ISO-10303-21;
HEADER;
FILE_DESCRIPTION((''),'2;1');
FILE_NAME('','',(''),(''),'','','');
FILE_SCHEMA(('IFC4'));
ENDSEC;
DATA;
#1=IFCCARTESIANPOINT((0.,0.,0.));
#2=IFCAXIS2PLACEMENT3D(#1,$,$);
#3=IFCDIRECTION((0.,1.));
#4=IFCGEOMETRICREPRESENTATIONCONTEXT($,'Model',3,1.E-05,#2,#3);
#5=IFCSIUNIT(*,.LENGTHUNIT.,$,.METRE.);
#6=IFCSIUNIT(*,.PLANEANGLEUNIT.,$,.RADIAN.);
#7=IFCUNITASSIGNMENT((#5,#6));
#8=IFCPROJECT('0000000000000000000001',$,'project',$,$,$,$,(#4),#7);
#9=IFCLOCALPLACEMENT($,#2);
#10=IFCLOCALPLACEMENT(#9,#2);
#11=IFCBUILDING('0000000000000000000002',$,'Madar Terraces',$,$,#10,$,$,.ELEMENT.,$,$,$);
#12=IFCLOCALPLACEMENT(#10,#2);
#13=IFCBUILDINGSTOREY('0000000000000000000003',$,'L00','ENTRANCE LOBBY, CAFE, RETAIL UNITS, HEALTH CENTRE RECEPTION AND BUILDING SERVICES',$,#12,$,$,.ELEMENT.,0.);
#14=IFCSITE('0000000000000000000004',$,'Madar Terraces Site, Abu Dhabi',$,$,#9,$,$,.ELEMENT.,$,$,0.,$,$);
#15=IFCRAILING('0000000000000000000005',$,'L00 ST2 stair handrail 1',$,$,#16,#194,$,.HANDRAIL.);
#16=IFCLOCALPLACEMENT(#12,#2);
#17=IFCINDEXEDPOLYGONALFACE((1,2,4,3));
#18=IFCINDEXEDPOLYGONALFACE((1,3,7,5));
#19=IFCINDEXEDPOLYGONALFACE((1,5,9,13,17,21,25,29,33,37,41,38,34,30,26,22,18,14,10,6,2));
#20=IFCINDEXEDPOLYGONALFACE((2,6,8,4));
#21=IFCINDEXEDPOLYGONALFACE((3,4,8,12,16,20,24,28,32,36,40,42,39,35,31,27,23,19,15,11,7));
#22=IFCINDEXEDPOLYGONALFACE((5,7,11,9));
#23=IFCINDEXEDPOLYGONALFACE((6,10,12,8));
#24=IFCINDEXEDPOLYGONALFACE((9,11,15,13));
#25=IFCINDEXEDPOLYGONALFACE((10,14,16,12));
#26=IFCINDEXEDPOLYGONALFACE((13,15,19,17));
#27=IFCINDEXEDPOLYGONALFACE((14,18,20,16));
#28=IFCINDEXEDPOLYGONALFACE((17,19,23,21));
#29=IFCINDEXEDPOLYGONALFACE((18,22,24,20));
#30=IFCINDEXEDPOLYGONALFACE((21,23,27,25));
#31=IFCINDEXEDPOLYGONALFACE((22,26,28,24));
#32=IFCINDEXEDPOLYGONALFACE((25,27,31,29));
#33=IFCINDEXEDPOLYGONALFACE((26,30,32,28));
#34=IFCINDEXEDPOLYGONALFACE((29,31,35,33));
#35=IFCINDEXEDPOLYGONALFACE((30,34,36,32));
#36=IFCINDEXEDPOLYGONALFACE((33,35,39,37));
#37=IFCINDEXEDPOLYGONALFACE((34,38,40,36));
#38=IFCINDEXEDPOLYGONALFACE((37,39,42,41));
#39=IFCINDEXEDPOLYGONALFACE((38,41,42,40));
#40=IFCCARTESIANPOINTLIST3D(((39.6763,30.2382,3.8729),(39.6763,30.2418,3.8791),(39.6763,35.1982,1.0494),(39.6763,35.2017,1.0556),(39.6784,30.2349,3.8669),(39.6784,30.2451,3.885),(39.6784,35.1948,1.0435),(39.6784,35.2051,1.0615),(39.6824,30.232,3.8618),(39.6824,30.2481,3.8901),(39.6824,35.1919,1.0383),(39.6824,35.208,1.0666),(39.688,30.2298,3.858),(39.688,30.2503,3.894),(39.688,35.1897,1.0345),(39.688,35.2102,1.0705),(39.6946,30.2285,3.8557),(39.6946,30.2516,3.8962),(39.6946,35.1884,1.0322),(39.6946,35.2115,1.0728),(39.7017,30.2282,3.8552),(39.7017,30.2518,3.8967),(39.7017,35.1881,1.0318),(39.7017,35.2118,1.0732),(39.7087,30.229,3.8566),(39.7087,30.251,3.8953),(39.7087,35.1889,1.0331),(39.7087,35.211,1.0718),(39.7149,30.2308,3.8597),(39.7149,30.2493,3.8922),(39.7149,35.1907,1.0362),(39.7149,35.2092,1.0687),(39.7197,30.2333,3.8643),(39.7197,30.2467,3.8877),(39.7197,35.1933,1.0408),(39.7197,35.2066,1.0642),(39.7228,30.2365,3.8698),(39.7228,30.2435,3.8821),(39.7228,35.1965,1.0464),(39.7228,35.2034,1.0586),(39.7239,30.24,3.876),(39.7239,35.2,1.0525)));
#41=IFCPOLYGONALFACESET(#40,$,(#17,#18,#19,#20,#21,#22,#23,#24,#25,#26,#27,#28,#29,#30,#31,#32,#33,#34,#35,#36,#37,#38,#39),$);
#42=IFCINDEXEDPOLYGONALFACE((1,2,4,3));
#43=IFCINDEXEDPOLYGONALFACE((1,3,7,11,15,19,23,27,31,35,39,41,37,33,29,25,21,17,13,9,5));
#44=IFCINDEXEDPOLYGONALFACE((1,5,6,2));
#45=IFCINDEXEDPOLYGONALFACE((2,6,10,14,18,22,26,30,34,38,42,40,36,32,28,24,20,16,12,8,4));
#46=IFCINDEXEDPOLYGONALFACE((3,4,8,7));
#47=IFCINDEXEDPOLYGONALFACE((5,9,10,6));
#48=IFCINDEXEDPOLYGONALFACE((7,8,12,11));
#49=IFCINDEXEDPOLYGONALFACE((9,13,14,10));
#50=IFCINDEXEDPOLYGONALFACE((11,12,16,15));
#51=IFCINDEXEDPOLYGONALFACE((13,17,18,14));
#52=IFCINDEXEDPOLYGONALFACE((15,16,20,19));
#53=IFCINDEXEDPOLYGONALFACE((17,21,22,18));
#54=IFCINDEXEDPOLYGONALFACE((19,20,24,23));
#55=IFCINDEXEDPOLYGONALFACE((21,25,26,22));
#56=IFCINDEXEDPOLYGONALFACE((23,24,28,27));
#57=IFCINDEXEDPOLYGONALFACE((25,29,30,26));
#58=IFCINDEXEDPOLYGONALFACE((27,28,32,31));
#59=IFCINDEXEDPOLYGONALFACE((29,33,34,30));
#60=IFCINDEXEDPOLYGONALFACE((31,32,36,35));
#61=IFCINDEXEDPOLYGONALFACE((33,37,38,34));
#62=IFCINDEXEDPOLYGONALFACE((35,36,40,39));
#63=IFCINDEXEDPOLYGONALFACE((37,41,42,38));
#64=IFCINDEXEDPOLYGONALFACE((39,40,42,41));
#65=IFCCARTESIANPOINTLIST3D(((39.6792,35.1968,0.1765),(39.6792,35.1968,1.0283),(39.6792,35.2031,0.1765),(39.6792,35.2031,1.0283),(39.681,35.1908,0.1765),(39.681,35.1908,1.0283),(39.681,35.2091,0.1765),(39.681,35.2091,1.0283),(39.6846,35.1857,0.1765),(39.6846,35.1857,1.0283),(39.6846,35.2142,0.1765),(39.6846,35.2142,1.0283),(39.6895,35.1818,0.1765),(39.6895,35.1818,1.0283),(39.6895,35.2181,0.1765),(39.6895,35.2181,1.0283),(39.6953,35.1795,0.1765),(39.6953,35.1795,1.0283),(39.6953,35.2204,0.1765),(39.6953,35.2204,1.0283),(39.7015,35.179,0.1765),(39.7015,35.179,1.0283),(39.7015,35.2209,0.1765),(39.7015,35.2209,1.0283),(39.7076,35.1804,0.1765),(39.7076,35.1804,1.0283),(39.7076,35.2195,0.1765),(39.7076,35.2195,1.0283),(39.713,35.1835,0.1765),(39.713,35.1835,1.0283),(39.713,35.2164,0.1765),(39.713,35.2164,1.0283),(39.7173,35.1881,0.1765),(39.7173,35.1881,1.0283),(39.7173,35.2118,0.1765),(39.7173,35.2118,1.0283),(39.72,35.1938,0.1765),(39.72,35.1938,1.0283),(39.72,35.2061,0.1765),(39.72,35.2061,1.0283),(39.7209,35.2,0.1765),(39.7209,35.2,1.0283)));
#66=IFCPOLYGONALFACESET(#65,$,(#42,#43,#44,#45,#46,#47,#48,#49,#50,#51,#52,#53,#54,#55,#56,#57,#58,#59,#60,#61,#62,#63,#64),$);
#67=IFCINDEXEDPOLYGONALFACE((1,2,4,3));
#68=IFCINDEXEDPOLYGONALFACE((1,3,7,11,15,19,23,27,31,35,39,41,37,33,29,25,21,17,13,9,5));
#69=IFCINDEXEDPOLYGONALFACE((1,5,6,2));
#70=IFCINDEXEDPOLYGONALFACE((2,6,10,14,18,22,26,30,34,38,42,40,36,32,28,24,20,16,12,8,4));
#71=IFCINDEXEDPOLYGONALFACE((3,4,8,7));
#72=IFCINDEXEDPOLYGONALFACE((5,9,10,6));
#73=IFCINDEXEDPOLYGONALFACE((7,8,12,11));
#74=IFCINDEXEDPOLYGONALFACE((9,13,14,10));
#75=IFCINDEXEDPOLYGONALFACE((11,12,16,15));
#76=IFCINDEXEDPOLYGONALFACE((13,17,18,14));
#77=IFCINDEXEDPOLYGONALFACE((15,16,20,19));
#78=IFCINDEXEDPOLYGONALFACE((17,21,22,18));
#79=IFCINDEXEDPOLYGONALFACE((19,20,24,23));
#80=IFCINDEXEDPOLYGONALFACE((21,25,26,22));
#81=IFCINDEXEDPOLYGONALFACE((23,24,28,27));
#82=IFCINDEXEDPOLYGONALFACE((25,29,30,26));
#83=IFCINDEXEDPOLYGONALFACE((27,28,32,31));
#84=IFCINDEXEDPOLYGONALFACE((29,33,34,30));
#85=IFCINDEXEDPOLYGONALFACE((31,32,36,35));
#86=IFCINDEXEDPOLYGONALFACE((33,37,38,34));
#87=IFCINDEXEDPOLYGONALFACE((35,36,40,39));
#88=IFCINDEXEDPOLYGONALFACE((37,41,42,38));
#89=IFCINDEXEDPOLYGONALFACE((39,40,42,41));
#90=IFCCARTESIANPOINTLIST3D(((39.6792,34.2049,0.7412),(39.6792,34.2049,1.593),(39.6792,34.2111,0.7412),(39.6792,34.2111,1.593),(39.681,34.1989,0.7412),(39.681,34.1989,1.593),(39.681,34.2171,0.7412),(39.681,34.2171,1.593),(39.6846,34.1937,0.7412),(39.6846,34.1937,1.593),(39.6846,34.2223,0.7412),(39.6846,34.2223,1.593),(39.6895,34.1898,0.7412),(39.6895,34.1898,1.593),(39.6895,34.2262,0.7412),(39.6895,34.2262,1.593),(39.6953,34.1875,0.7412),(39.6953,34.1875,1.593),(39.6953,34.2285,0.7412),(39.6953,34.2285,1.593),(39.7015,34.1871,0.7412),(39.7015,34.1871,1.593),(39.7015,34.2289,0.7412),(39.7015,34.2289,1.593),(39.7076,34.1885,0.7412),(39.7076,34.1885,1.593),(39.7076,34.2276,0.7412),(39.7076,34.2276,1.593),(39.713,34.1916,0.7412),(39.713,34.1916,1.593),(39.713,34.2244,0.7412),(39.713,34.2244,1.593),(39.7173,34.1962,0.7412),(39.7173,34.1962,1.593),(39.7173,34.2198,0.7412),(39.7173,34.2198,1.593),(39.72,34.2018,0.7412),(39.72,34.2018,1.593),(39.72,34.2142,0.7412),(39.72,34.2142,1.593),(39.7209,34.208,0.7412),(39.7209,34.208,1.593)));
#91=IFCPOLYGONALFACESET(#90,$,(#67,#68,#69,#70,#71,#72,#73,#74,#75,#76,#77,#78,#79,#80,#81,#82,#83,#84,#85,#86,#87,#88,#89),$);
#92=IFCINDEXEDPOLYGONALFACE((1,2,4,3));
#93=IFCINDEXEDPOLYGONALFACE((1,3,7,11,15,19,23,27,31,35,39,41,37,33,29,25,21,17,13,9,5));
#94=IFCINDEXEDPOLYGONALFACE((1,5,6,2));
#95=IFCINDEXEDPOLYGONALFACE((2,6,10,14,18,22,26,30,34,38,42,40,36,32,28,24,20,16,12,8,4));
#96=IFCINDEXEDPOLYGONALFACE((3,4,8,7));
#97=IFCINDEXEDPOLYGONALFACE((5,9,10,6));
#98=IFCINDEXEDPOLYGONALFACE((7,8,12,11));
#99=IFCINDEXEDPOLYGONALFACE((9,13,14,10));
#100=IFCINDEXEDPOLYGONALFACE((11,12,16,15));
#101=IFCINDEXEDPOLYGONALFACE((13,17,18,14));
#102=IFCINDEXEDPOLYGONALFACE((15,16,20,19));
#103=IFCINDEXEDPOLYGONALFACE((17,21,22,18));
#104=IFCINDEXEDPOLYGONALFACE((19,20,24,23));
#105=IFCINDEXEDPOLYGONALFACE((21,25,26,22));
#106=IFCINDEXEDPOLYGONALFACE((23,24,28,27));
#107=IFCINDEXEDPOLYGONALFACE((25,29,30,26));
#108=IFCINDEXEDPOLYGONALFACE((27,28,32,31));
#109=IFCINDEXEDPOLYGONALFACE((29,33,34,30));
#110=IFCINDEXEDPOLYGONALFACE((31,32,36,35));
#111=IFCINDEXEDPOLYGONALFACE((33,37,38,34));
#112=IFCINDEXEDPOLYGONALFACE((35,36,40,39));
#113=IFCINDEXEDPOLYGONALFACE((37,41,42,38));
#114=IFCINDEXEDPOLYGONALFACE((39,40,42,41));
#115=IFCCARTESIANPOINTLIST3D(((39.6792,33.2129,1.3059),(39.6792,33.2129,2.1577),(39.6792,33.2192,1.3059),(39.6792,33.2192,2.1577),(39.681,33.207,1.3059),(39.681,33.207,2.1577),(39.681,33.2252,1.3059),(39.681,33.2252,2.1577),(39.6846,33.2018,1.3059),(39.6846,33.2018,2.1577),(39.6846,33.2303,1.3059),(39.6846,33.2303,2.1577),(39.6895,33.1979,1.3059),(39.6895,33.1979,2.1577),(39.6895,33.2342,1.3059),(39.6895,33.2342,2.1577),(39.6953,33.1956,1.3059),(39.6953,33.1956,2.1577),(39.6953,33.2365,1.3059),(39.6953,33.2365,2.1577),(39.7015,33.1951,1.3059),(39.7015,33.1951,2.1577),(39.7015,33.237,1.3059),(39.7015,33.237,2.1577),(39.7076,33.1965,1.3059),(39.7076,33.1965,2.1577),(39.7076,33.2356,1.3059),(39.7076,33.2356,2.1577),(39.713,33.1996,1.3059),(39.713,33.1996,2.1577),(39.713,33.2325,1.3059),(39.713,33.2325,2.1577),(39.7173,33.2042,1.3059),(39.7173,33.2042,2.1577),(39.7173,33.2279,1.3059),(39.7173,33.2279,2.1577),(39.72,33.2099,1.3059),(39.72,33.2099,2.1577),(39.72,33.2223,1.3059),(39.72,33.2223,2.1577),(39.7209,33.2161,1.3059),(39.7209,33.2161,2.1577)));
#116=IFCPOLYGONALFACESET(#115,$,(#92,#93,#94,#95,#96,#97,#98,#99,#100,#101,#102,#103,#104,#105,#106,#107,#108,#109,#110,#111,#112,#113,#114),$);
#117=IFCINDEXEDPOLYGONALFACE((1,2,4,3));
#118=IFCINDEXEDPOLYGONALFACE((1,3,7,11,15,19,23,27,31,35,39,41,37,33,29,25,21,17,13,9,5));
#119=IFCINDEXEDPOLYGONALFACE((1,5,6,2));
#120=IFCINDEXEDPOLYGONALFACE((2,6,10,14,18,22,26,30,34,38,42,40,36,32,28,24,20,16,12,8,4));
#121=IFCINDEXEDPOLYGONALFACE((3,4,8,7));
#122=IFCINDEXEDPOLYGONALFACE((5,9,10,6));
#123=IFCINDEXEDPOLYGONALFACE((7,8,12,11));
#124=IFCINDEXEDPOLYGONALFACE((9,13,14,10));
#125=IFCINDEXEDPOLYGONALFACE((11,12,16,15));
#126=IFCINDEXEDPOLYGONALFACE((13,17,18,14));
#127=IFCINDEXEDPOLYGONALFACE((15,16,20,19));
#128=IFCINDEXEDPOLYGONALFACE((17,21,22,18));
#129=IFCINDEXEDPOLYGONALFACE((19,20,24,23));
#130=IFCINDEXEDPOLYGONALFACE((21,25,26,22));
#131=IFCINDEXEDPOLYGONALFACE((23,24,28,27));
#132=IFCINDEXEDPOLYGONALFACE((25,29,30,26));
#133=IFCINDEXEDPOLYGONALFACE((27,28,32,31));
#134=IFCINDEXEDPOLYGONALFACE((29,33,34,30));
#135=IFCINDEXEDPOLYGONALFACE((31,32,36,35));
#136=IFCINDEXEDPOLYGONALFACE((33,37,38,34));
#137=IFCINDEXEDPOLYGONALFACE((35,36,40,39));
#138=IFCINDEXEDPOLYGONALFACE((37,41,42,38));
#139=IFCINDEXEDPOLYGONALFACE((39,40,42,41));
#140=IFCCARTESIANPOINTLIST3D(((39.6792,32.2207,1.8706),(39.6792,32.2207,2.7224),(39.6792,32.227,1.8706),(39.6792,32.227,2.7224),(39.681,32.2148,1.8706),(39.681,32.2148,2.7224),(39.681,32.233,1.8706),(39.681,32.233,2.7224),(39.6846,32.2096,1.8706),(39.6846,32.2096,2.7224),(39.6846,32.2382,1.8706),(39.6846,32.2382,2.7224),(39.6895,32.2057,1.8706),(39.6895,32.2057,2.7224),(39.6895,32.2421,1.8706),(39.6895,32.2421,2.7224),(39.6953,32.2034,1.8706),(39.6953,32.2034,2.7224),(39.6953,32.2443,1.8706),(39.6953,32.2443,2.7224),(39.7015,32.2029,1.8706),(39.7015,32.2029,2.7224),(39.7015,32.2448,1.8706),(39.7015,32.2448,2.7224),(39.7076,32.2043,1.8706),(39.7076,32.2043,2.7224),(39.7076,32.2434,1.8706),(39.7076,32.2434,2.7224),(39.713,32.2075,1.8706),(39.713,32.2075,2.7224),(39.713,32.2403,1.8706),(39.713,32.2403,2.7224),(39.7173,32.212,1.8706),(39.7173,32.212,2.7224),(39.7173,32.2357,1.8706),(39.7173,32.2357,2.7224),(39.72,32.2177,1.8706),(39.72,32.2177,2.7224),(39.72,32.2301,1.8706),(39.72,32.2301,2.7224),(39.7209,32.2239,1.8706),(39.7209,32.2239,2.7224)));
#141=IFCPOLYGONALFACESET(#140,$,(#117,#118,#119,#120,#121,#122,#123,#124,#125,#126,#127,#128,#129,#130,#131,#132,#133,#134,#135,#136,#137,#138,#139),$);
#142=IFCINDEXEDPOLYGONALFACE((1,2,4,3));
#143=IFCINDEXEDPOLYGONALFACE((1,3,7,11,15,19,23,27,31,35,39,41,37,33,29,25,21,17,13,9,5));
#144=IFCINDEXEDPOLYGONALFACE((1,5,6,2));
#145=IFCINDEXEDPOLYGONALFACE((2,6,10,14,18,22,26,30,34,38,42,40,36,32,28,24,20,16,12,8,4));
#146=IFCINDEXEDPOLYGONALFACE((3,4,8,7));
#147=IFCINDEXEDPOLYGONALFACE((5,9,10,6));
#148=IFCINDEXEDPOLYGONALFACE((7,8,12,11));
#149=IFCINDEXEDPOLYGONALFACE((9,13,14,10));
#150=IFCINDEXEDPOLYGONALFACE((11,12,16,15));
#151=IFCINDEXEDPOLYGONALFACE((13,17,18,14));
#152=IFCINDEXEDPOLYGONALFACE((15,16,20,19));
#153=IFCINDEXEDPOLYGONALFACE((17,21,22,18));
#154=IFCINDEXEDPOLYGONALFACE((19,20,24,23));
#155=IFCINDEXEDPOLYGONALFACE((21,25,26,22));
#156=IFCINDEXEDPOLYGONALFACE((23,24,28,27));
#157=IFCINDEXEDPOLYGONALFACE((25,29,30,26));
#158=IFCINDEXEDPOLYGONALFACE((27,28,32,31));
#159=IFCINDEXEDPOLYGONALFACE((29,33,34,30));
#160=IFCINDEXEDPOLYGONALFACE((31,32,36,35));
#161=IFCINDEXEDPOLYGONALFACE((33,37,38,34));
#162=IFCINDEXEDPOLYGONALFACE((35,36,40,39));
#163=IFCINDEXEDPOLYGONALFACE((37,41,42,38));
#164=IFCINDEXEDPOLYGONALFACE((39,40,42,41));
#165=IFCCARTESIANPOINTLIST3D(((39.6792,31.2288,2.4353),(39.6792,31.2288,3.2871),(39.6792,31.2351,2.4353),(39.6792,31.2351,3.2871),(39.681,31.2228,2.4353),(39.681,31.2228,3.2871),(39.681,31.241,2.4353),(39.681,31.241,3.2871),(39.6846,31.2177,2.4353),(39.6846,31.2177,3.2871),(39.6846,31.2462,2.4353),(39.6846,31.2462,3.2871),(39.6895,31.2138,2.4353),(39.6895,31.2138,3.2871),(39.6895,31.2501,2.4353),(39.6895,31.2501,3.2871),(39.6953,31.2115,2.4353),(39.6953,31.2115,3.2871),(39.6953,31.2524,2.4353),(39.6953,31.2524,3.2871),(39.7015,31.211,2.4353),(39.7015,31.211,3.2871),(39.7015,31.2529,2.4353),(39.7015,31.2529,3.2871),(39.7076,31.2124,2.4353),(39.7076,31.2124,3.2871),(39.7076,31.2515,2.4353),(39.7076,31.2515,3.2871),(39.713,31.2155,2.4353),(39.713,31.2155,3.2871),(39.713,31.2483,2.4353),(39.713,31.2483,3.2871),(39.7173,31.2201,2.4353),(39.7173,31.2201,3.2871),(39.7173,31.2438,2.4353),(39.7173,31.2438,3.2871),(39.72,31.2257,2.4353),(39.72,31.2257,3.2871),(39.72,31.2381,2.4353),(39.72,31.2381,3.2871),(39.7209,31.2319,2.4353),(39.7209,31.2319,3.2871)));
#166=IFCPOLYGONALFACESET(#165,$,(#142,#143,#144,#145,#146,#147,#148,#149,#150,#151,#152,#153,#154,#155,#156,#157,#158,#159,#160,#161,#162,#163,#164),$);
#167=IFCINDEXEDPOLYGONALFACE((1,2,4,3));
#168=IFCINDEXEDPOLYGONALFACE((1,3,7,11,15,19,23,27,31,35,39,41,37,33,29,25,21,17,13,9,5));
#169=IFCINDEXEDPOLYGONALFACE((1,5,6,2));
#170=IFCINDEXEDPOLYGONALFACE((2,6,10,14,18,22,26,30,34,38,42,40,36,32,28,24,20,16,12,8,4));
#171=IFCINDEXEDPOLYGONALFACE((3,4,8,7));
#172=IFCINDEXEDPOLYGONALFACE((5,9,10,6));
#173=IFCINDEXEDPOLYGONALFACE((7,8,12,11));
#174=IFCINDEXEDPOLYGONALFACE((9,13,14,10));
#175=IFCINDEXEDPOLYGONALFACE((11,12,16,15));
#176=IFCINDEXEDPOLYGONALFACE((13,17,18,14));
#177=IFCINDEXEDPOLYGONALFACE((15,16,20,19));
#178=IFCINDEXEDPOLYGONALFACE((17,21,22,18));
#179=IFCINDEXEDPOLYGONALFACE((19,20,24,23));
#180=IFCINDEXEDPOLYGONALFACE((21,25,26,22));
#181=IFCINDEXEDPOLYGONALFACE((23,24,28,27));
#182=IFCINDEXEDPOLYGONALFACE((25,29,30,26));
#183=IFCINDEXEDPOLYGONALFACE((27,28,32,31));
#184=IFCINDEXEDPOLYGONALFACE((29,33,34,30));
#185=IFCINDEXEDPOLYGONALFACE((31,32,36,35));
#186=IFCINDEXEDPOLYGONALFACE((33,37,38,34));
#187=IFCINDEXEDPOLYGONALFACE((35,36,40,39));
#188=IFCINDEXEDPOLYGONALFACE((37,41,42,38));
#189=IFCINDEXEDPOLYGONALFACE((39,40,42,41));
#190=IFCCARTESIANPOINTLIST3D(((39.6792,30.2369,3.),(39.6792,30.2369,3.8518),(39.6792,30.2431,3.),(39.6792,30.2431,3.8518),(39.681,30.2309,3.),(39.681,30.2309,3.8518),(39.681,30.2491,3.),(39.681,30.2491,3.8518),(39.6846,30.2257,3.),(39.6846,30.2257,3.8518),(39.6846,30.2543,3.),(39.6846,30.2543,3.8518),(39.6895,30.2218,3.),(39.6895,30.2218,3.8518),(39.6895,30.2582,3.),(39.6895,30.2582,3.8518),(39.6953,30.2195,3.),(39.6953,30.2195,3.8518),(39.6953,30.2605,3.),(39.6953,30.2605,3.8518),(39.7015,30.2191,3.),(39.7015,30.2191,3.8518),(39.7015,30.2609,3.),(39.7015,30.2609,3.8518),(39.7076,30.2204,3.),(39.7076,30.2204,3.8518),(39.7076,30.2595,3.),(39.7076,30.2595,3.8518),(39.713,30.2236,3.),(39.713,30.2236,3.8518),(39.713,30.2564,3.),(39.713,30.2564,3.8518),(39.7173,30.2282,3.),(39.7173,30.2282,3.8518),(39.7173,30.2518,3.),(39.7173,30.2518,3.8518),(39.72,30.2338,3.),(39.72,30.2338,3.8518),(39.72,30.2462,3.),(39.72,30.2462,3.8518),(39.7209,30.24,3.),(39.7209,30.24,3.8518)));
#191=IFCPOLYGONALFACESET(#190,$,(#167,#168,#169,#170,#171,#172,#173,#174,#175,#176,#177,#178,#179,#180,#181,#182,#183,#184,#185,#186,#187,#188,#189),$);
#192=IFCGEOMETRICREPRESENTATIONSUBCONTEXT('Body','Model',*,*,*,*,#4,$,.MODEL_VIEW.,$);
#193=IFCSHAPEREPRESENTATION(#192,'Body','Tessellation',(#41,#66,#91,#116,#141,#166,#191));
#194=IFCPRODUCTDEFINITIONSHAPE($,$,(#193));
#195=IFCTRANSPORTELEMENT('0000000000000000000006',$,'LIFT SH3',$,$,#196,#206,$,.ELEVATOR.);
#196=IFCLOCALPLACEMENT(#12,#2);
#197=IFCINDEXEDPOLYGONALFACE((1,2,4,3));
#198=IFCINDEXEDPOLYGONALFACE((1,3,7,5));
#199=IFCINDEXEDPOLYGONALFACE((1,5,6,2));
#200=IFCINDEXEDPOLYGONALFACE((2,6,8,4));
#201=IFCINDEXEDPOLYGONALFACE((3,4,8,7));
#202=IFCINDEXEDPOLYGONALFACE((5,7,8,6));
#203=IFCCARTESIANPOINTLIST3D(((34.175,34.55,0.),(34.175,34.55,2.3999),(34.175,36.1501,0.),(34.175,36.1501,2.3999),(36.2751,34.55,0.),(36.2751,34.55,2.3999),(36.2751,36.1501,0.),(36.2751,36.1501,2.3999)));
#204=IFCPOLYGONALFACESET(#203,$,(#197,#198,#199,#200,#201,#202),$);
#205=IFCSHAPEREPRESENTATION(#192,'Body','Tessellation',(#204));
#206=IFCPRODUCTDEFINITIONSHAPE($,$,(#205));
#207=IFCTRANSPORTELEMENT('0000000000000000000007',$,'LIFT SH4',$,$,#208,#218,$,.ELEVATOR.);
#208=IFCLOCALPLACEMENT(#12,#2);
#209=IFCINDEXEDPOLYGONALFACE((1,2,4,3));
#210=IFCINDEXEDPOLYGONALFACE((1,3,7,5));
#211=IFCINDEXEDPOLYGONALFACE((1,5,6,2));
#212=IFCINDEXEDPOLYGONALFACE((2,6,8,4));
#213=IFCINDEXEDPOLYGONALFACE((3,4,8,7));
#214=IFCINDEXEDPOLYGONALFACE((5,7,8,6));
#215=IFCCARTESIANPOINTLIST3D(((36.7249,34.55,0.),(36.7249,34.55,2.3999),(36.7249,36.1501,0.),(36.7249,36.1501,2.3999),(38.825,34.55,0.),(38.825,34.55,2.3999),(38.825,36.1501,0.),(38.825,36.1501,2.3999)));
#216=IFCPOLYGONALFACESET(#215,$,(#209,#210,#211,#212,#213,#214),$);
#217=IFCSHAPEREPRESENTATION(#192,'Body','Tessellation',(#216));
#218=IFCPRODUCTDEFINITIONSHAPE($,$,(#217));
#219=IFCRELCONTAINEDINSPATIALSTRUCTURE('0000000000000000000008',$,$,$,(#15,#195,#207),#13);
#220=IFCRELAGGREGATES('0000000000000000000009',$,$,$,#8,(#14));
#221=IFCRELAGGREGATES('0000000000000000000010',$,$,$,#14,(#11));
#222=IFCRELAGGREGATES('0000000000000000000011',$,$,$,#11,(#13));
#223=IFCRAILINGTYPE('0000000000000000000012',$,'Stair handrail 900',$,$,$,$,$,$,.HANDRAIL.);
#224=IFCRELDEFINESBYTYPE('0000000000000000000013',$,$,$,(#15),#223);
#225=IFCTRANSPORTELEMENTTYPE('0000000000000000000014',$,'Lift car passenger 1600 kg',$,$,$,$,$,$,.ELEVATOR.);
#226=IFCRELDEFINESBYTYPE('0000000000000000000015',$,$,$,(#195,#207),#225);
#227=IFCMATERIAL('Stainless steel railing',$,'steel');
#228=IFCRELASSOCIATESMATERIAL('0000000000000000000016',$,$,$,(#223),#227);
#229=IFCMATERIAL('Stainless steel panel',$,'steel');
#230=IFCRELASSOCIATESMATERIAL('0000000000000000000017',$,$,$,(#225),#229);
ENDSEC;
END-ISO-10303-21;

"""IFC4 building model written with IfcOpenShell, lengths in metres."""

from ifc_helpers import new_model, si_unit, direction, frame, origin, origin_2d, place, context, subcontext, project, spatial, rectangle, circle, extrude, material, type_object, element, save


model = new_model("IFC4")

# Units and contexts
model_context = context("Model", 3, precision=1e-05, world=origin(), true_north=direction((0.0, 1.0)))
body_context = subcontext(model_context, "Body", "Model", "MODEL_VIEW")
ifc_project = project(units=[si_unit("LENGTHUNIT", "METRE"), si_unit("PLANEANGLEUNIT", "RADIAN")], contexts=[model_context])

# Site, building, storey
site_placement = place(None, origin())
site = spatial("IfcSite", under=ifc_project, at=site_placement, Name="Madar Terraces Site, Abu Dhabi", CompositionType="ELEMENT", RefElevation=0.0)
building_placement = place(site_placement, origin())
building = spatial("IfcBuilding", under=site, at=building_placement, Name="Madar Terraces", CompositionType="ELEMENT")
storey_placement = place(building_placement, origin())
storey = spatial("IfcBuildingStorey", under=building, at=storey_placement, Name="L00", Description="ENTRANCE LOBBY, CAFE, RETAIL UNITS, HEALTH CENTRE RECEPTION AND BUILDING SERVICES", CompositionType="ELEMENT", Elevation=0.0)

# Railing
ifc_material_1 = material(Name="Stainless steel railing", Category="steel")
railing_type_1 = type_object("IfcRailingType", Name="Stair handrail 900", PredefinedType="HANDRAIL", material=ifc_material_1)
railing_1_placement = place(storey_placement, frame((39.7, 35.2, 0.1765)))
element("IfcRailing", 1, at=railing_1_placement, inside=storey, type_object=railing_type_1, Name="L00 ST2 stair handrail 1", PredefinedType="HANDRAIL", context=body_context, shape_type="SweptSolid", body=[
    extrude(circle(Radius=0.0239, at=origin_2d()), frame((0.0, 0.0, 0.876), z_axis=(0.0, -0.869055, 0.494715), x_axis=(1.0, 0.0, 0.0)), (0.0, 0.0, 1.0), 5.7073),
    extrude(circle(Radius=0.021, at=origin_2d()), origin(), (0.0, 0.0, 1.0), 0.8518),
    extrude(circle(Radius=0.021, at=origin_2d()), frame((0.0, -0.9919, 0.5647)), (0.0, 0.0, 1.0), 0.8518),
    extrude(circle(Radius=0.021, at=origin_2d()), frame((0.0, -1.9839, 1.1294)), (0.0, 0.0, 1.0), 0.8518),
    extrude(circle(Radius=0.021, at=origin_2d()), frame((0.0, -2.9761, 1.6941)), (0.0, 0.0, 1.0), 0.8518),
    extrude(circle(Radius=0.021, at=origin_2d()), frame((0.0, -3.968, 2.2588)), (0.0, 0.0, 1.0), 0.8518),
    extrude(circle(Radius=0.021, at=origin_2d()), frame((0.0, -4.96, 2.8235)), (0.0, 0.0, 1.0), 0.8518),
])

# Transport elements
ifc_material_2 = material(Name="Stainless steel panel", Category="steel")
transport_element_type = type_object("IfcTransportElementType", Name="Lift car passenger 1600 kg", PredefinedType="ELEVATOR", material=ifc_material_2)
for number, where, z_axis, x_axis, name in (
    (2, (35.2251, 35.3501, 0.0), (0.0, 0.0, 1.0), (1.0, 0.0, 0.0), "LIFT SH3"),
    (3, (37.7749, 35.3501, 0.0), (0.0, 0.0, 1.0), (1.0, 0.0, 0.0), "LIFT SH4"),
):
    element("IfcTransportElement", number, at=place(storey_placement, frame(where, z_axis=z_axis, x_axis=x_axis)), inside=storey, type_object=transport_element_type, Name=name, PredefinedType="ELEVATOR", context=body_context, shape_type="SweptSolid", body=[
        extrude(rectangle(XDim=2.1001, YDim=1.6001, at=origin_2d()), origin(), (0.0, 0.0, 1.0), 2.3999),
    ])

save(model, "model.ifc")
